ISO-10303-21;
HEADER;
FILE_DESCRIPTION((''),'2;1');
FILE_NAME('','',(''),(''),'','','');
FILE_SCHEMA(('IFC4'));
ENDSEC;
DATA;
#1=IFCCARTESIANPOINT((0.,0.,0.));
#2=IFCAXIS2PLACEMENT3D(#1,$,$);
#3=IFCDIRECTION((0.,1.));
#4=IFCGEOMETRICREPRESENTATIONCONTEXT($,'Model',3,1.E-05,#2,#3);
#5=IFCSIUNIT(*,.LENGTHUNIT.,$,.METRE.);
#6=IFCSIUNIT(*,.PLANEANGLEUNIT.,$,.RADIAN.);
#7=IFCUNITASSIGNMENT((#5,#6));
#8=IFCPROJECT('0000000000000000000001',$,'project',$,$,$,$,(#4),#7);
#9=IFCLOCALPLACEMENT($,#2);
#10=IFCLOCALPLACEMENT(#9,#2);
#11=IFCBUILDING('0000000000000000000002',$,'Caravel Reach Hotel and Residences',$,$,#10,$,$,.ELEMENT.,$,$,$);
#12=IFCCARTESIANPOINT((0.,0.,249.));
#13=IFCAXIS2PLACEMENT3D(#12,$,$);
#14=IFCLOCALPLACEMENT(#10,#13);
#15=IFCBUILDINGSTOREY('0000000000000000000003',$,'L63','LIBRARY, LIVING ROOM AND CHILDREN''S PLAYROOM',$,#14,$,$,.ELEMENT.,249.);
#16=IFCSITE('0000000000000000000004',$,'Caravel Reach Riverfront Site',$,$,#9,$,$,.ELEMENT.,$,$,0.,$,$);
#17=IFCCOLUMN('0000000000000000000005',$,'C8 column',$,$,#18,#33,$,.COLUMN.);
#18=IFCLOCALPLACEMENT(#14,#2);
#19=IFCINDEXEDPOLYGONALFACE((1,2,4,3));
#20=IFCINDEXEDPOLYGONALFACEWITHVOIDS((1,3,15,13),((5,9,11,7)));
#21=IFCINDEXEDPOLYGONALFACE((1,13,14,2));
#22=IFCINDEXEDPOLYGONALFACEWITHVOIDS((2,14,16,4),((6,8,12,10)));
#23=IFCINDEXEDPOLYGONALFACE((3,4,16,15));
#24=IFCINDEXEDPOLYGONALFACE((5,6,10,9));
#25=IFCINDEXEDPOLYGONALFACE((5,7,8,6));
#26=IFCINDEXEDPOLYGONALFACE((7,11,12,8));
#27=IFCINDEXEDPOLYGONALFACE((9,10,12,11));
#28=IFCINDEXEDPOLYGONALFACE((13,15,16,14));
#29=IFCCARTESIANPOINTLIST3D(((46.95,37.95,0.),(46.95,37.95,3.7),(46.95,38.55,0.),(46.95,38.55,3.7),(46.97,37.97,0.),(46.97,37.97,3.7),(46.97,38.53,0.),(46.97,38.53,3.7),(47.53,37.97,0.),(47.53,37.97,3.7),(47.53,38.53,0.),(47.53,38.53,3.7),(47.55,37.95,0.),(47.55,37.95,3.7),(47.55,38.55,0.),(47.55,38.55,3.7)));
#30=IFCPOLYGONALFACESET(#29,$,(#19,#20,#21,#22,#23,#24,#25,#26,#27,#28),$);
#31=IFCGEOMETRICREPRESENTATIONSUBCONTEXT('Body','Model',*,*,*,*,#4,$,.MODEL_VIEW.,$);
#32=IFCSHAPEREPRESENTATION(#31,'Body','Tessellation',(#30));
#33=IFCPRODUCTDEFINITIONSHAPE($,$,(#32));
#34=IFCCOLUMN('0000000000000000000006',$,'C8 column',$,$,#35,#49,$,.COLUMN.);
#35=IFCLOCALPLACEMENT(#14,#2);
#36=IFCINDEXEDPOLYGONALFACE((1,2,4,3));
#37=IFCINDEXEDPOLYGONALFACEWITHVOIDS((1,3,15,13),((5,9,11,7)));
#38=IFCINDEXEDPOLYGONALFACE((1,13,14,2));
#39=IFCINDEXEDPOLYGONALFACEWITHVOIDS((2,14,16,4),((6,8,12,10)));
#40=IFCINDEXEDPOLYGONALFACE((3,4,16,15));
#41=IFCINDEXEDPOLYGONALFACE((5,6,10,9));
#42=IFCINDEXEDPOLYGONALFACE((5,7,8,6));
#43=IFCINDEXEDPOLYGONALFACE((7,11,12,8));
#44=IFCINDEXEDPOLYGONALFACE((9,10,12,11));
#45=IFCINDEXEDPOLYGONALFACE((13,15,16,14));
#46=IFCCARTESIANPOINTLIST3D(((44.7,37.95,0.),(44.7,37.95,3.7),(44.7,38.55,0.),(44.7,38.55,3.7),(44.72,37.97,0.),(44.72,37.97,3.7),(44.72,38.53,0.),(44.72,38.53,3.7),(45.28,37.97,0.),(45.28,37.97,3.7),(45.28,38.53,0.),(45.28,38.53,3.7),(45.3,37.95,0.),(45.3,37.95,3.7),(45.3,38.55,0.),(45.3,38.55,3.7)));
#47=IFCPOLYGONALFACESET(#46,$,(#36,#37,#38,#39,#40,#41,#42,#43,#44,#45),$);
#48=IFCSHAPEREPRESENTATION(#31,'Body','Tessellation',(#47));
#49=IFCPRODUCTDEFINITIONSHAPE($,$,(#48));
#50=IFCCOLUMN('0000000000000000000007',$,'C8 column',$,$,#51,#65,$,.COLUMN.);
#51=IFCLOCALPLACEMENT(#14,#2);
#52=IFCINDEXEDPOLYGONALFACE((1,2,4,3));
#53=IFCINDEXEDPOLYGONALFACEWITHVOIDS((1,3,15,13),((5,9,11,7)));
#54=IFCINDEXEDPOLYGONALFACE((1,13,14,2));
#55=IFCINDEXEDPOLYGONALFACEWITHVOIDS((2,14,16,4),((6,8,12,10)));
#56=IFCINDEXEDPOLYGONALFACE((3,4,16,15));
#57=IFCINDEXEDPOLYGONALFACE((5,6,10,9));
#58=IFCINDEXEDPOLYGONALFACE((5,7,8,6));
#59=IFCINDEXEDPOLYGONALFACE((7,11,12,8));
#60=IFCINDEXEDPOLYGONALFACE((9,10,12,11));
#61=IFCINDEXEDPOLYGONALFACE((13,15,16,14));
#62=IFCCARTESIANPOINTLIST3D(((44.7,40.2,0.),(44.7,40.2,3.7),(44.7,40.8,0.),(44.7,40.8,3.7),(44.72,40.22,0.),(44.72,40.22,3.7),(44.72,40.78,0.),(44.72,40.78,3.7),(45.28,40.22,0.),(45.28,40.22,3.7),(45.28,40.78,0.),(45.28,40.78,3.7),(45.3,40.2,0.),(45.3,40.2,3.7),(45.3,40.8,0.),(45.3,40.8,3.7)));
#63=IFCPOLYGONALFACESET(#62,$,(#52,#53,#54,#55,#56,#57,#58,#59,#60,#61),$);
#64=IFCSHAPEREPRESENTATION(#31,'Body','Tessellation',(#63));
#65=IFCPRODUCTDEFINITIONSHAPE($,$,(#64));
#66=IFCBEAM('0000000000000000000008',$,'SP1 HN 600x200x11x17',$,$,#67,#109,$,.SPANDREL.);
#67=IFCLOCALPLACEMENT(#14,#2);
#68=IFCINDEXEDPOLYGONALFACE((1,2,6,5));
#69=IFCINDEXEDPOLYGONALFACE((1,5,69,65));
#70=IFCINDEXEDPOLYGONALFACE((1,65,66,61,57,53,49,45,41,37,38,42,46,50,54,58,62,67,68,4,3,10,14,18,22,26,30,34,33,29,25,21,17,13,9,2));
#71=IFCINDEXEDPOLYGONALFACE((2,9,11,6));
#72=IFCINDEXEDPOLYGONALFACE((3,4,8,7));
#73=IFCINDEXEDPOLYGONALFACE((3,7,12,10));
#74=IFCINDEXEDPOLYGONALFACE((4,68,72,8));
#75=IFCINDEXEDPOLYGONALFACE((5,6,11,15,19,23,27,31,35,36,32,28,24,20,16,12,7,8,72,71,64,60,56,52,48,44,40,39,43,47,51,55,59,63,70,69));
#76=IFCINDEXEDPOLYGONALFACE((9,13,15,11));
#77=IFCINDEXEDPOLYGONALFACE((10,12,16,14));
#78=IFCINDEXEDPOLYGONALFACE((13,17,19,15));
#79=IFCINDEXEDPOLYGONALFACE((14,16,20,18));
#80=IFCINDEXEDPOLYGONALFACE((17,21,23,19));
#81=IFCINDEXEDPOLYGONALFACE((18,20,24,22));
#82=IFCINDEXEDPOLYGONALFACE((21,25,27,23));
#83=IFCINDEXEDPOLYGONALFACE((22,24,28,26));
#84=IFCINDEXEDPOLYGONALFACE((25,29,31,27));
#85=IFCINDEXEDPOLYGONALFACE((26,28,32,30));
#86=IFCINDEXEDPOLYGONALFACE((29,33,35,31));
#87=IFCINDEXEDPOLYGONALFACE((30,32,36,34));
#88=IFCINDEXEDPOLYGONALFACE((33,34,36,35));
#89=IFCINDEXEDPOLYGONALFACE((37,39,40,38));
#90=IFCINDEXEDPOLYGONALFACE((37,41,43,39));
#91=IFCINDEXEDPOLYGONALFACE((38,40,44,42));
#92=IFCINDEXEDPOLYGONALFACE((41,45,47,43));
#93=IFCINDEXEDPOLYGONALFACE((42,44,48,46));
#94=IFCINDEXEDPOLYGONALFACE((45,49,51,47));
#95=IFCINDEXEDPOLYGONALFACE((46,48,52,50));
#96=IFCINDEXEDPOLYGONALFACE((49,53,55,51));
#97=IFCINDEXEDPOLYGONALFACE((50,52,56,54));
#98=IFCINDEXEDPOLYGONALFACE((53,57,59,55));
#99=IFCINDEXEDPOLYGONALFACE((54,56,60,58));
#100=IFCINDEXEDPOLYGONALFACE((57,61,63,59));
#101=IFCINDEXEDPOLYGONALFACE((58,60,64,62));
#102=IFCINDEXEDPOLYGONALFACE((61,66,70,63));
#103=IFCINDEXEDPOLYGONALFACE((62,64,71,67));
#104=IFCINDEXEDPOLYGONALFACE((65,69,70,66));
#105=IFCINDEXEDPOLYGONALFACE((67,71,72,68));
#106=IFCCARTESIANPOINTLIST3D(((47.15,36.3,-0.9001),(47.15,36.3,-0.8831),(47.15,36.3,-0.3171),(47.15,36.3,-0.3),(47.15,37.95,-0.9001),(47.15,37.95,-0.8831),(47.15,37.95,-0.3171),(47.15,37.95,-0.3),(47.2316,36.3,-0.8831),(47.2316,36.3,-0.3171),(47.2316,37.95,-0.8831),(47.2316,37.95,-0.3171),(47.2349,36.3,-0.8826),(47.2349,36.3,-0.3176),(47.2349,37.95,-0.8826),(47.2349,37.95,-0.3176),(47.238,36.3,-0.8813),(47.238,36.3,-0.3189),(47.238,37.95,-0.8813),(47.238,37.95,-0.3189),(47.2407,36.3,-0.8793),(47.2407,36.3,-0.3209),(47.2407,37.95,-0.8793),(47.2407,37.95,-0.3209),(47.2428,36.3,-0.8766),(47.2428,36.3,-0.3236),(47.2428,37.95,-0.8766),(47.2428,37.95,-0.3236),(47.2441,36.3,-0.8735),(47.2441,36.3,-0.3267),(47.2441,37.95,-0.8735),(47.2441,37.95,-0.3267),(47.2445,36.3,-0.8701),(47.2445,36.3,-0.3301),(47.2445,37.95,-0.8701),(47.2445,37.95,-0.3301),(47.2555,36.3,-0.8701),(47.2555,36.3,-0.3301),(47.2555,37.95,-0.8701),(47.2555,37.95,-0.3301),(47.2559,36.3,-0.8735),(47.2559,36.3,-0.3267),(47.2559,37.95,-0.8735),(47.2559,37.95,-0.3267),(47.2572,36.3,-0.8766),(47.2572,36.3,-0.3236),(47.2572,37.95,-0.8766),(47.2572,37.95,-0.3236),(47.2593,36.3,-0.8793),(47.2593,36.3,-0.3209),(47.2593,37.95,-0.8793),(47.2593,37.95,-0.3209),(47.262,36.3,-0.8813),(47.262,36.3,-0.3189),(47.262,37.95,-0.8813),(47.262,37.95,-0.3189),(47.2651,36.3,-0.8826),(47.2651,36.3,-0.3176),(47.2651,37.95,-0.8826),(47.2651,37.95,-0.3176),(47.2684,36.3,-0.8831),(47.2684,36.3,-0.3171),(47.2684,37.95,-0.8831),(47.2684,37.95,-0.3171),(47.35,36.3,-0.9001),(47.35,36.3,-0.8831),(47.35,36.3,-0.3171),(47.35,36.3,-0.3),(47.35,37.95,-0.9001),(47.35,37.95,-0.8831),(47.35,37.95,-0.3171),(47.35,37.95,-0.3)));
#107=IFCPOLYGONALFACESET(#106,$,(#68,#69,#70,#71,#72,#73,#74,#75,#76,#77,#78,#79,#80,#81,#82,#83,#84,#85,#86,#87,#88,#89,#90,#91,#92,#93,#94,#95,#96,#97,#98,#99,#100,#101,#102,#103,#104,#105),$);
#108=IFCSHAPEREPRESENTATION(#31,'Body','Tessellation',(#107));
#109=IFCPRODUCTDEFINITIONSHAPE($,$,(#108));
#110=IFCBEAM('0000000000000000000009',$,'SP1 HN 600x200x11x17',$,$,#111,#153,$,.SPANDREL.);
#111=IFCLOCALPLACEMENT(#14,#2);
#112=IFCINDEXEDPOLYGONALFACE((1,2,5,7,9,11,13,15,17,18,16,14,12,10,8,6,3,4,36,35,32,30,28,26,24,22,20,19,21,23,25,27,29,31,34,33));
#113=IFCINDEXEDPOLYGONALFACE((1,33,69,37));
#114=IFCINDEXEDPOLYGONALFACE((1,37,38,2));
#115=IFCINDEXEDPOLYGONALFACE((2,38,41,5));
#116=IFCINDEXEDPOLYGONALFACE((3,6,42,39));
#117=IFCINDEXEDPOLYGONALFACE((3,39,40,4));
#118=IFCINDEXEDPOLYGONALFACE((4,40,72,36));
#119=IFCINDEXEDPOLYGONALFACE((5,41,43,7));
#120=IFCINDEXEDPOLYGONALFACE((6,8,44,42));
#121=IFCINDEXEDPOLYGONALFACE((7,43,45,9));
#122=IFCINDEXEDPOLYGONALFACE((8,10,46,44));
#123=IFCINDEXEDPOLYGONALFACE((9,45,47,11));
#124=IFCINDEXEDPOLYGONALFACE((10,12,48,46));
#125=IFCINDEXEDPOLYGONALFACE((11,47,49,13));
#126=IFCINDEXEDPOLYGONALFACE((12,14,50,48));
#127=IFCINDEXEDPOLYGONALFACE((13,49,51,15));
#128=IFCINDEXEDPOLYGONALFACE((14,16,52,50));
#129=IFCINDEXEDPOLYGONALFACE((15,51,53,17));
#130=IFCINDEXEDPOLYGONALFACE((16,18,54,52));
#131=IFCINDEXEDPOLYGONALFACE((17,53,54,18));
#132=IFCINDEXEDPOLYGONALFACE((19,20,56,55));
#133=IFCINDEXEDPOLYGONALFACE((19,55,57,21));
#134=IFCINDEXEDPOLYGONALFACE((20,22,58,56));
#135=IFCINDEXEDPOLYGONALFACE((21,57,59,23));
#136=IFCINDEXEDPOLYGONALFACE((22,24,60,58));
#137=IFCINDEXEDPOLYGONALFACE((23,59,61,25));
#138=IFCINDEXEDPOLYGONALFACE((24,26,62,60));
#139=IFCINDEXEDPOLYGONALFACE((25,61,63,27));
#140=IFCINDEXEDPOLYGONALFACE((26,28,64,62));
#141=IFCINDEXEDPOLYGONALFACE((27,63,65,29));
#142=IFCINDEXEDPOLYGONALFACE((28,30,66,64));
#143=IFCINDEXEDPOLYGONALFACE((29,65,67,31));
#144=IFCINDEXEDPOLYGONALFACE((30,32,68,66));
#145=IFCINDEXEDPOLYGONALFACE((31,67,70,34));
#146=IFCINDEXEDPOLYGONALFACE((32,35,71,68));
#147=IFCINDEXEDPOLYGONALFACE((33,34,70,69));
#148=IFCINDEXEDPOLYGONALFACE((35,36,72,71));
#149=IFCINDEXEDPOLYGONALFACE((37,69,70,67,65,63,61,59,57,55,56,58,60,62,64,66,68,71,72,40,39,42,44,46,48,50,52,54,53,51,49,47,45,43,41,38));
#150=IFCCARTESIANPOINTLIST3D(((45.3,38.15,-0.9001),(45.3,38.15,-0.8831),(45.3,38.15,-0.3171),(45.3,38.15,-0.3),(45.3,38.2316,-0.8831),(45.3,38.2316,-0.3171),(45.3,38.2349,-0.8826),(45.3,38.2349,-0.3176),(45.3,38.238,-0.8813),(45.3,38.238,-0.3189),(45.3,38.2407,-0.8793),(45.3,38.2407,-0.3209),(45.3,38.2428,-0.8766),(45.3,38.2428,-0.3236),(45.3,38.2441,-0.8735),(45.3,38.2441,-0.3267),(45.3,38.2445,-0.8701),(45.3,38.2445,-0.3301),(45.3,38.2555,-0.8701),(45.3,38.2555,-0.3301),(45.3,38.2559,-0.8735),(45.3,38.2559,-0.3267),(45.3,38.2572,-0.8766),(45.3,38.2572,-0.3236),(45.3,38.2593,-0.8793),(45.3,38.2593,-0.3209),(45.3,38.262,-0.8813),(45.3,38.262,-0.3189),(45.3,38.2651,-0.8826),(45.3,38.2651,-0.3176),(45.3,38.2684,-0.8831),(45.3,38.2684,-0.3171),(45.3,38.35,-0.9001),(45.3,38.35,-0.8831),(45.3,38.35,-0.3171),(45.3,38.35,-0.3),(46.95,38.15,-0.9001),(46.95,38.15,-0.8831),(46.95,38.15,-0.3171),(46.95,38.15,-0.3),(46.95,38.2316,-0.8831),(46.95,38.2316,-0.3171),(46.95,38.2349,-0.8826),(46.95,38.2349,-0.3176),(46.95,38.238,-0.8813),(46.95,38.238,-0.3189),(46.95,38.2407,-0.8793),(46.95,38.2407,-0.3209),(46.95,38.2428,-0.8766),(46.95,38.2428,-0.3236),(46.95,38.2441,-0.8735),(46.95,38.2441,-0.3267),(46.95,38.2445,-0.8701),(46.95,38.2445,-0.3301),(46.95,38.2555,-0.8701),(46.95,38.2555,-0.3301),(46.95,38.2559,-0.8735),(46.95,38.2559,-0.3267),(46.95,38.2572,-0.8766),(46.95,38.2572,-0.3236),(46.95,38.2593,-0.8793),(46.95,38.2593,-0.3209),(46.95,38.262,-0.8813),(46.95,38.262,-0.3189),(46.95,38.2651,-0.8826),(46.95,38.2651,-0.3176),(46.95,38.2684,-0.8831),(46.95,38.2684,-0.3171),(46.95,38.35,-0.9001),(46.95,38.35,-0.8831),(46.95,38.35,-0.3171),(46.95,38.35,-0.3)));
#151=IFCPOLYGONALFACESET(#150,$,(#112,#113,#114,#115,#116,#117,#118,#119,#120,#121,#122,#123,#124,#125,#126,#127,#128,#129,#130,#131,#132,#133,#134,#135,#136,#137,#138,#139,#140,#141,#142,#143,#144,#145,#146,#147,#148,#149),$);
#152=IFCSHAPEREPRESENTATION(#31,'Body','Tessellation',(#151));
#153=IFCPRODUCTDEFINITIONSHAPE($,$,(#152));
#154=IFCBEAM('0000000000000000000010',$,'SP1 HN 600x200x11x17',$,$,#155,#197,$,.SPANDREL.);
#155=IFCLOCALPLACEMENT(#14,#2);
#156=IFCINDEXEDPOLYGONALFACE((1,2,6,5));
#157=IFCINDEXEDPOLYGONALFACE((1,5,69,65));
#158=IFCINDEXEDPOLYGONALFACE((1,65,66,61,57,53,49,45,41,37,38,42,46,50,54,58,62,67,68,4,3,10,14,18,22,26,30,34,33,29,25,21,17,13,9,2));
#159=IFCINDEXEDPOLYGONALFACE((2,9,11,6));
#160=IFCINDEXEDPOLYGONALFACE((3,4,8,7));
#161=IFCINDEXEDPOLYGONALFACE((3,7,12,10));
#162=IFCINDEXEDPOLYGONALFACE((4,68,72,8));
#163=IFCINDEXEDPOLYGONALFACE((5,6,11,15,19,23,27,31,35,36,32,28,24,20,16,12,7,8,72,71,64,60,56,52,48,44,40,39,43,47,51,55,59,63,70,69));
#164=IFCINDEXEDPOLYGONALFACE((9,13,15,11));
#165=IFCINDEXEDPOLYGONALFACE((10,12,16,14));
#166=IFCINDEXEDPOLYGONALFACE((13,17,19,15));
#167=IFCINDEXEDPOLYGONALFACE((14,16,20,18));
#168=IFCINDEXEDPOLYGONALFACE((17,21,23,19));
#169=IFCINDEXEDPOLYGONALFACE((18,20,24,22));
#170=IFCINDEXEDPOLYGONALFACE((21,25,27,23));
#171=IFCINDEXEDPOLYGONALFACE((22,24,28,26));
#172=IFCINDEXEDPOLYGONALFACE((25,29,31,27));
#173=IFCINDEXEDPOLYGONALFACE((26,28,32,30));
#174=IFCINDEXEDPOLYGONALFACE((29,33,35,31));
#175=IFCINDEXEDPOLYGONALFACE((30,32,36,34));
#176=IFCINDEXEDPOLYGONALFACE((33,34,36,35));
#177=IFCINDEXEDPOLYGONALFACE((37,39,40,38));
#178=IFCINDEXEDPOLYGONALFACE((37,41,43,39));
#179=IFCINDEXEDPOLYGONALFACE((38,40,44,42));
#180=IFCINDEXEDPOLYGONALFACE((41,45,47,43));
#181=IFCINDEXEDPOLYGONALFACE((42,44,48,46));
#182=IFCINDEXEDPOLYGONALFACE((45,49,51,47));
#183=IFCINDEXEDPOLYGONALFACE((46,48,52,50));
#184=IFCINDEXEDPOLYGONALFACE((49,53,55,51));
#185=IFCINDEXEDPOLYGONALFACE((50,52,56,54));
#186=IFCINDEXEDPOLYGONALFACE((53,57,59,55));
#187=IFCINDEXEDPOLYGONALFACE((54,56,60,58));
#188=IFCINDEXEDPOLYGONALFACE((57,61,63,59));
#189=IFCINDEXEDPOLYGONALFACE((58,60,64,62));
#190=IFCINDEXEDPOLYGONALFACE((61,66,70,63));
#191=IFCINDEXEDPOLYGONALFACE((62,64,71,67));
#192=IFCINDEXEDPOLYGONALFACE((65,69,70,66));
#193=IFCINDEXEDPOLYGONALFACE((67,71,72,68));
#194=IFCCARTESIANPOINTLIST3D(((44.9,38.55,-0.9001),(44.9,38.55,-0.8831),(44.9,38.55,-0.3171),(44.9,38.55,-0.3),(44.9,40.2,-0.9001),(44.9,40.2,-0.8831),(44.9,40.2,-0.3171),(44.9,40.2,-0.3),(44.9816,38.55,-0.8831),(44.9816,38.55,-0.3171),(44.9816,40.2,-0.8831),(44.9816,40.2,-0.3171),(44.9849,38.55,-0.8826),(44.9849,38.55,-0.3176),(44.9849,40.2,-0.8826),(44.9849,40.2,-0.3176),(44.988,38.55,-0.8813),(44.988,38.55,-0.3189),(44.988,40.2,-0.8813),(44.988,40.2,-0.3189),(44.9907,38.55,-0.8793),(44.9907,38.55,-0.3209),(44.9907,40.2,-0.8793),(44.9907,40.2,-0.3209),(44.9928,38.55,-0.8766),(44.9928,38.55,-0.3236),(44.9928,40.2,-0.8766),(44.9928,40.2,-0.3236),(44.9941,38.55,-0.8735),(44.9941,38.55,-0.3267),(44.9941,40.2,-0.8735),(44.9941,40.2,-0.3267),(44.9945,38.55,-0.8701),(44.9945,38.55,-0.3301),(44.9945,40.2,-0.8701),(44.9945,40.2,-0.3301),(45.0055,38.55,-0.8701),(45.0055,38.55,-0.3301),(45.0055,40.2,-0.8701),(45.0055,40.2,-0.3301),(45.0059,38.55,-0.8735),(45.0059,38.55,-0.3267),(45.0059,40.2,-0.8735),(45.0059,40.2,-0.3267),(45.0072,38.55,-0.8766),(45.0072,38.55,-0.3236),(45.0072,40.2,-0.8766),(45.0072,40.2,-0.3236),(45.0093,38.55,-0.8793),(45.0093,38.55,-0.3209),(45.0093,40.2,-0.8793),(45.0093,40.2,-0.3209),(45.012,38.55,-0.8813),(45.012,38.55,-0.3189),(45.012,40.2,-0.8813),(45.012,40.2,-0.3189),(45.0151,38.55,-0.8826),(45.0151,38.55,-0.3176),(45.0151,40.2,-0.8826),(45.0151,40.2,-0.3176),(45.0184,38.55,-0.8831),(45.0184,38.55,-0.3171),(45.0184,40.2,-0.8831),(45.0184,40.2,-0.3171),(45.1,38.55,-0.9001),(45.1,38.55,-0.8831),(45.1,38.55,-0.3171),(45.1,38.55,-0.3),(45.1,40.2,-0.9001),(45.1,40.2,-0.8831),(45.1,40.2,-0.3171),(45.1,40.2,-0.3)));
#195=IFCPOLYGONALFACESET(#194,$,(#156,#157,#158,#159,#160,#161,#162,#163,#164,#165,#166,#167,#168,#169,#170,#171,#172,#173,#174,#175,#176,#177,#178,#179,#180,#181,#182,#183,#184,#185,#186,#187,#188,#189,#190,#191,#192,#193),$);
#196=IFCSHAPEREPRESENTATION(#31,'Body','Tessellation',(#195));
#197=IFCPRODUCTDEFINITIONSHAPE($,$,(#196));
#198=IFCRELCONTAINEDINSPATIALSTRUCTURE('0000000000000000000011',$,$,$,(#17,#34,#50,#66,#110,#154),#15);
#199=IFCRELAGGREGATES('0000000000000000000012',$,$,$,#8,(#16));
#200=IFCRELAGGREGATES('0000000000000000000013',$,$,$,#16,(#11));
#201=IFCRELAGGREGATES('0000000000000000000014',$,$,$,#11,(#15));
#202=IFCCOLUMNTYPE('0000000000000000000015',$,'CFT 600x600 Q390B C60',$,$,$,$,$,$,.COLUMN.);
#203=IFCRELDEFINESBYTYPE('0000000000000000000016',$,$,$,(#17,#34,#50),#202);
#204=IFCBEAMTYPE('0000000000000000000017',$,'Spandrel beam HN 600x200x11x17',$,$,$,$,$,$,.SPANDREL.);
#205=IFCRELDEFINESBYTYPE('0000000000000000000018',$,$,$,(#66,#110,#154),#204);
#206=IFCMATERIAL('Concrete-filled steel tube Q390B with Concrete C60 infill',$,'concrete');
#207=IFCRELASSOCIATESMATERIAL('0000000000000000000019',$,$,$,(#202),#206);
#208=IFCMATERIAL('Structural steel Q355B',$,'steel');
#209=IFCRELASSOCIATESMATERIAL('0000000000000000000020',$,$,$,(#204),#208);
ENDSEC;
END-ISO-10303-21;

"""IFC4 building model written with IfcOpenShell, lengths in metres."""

from ifc_helpers import new_model, si_unit, direction, frame, origin, origin_2d, place, context, subcontext, project, spatial, hollow_rectangle, i_section, extrude, material, material_profile, profile_set, type_object, element, save


model = new_model("IFC4")

# Units and contexts
model_context = context("Model", 3, precision=1e-05, world=origin(), true_north=direction((0.0, 1.0)))
body_context = subcontext(model_context, "Body", "Model", "MODEL_VIEW")
ifc_project = project(units=[si_unit("LENGTHUNIT", "METRE"), si_unit("PLANEANGLEUNIT", "RADIAN")], contexts=[model_context])

# Site, building, storey
site_placement = place(None, origin())
site = spatial("IfcSite", under=ifc_project, at=site_placement, Name="Caravel Reach Riverfront Site", CompositionType="ELEMENT", RefElevation=0.0)
building_placement = place(site_placement, origin())
building = spatial("IfcBuilding", under=site, at=building_placement, Name="Caravel Reach Hotel and Residences", CompositionType="ELEMENT")
storey_placement = place(building_placement, frame((0.0, 0.0, 249.0)))
storey = spatial("IfcBuildingStorey", under=building, at=storey_placement, Name="L63", Description="LIBRARY, LIVING ROOM AND CHILDREN'S PLAYROOM", CompositionType="ELEMENT", Elevation=249.0)

# Columns
ifc_material_1 = material(Name="Concrete-filled steel tube Q390B with Concrete C60 infill", Category="concrete")
ifc_material_profile_1 = material_profile(ifc_material_1, hollow_rectangle(XDim=0.6001, YDim=0.6001, WallThickness=0.02, at=origin_2d()), Name="RHS 600x600x20")
ifc_profile_set_1 = profile_set([ifc_material_profile_1], Name="Concrete-filled steel tube Q390B with Concrete C60 infill")
column_type = type_object("IfcColumnType", Name="CFT 600x600 Q390B C60", PredefinedType="COLUMN", material=ifc_profile_set_1)
for number, where, z_axis, x_axis, name in (
    (1, (47.25, 38.25, 0.0), (0.0, 0.0, 1.0), (1.0, 0.0, 0.0), "C8 column"),
    (2, (45.0, 38.25, 0.0), (0.0, 0.0, 1.0), (1.0, 0.0, 0.0), "C8 column"),
    (3, (45.0, 40.5, 0.0), (0.0, 0.0, 1.0), (1.0, 0.0, 0.0), "C8 column"),
):
    element("IfcColumn", number, at=place(storey_placement, frame(where, z_axis=z_axis, x_axis=x_axis)), inside=storey, type_object=column_type, Name=name, PredefinedType="COLUMN", context=body_context, shape_type="SweptSolid", body=[
        extrude(hollow_rectangle(XDim=0.6001, YDim=0.6001, WallThickness=0.02, at=origin_2d()), origin(), (0.0, 0.0, 1.0), 3.7),
    ])

# Beams
ifc_material_2 = material(Name="Structural steel Q355B", Category="steel")
ifc_material_profile_2 = material_profile(ifc_material_2, i_section(OverallWidth=0.2, OverallDepth=0.6001, WebThickness=0.011, FlangeThickness=0.0171, FilletRadius=0.0129, at=origin_2d()), Name="HN 600x200x11x17")
ifc_profile_set_2 = profile_set([ifc_material_profile_2], Name="Structural steel Q355B")
beam_type = type_object("IfcBeamType", Name="Spandrel beam HN 600x200x11x17", PredefinedType="SPANDREL", material=ifc_profile_set_2)
for number, where, z_axis, x_axis, name in (
    (4, (47.25, 36.3, -0.6001), (0.0, 1.0, 0.0), (-1.0, 0.0, 0.0), "SP1 HN 600x200x11x17"),
    (5, (46.95, 38.25, -0.6001), (-1.0, 0.0, 0.0), (0.0, -1.0, 0.0), "SP1 HN 600x200x11x17"),
    (6, (45.0, 38.55, -0.6001), (0.0, 1.0, 0.0), (-1.0, 0.0, 0.0), "SP1 HN 600x200x11x17"),
):
    element("IfcBeam", number, at=place(storey_placement, frame(where, z_axis=z_axis, x_axis=x_axis)), inside=storey, type_object=beam_type, Name=name, PredefinedType="SPANDREL", context=body_context, shape_type="SweptSolid", body=[
        extrude(i_section(OverallWidth=0.2, OverallDepth=0.6001, WebThickness=0.011, FlangeThickness=0.0171, FilletRadius=0.0129, at=origin_2d()), origin(), (0.0, 0.0, 1.0), 1.6499),
    ])

save(model, "model.ifc")
